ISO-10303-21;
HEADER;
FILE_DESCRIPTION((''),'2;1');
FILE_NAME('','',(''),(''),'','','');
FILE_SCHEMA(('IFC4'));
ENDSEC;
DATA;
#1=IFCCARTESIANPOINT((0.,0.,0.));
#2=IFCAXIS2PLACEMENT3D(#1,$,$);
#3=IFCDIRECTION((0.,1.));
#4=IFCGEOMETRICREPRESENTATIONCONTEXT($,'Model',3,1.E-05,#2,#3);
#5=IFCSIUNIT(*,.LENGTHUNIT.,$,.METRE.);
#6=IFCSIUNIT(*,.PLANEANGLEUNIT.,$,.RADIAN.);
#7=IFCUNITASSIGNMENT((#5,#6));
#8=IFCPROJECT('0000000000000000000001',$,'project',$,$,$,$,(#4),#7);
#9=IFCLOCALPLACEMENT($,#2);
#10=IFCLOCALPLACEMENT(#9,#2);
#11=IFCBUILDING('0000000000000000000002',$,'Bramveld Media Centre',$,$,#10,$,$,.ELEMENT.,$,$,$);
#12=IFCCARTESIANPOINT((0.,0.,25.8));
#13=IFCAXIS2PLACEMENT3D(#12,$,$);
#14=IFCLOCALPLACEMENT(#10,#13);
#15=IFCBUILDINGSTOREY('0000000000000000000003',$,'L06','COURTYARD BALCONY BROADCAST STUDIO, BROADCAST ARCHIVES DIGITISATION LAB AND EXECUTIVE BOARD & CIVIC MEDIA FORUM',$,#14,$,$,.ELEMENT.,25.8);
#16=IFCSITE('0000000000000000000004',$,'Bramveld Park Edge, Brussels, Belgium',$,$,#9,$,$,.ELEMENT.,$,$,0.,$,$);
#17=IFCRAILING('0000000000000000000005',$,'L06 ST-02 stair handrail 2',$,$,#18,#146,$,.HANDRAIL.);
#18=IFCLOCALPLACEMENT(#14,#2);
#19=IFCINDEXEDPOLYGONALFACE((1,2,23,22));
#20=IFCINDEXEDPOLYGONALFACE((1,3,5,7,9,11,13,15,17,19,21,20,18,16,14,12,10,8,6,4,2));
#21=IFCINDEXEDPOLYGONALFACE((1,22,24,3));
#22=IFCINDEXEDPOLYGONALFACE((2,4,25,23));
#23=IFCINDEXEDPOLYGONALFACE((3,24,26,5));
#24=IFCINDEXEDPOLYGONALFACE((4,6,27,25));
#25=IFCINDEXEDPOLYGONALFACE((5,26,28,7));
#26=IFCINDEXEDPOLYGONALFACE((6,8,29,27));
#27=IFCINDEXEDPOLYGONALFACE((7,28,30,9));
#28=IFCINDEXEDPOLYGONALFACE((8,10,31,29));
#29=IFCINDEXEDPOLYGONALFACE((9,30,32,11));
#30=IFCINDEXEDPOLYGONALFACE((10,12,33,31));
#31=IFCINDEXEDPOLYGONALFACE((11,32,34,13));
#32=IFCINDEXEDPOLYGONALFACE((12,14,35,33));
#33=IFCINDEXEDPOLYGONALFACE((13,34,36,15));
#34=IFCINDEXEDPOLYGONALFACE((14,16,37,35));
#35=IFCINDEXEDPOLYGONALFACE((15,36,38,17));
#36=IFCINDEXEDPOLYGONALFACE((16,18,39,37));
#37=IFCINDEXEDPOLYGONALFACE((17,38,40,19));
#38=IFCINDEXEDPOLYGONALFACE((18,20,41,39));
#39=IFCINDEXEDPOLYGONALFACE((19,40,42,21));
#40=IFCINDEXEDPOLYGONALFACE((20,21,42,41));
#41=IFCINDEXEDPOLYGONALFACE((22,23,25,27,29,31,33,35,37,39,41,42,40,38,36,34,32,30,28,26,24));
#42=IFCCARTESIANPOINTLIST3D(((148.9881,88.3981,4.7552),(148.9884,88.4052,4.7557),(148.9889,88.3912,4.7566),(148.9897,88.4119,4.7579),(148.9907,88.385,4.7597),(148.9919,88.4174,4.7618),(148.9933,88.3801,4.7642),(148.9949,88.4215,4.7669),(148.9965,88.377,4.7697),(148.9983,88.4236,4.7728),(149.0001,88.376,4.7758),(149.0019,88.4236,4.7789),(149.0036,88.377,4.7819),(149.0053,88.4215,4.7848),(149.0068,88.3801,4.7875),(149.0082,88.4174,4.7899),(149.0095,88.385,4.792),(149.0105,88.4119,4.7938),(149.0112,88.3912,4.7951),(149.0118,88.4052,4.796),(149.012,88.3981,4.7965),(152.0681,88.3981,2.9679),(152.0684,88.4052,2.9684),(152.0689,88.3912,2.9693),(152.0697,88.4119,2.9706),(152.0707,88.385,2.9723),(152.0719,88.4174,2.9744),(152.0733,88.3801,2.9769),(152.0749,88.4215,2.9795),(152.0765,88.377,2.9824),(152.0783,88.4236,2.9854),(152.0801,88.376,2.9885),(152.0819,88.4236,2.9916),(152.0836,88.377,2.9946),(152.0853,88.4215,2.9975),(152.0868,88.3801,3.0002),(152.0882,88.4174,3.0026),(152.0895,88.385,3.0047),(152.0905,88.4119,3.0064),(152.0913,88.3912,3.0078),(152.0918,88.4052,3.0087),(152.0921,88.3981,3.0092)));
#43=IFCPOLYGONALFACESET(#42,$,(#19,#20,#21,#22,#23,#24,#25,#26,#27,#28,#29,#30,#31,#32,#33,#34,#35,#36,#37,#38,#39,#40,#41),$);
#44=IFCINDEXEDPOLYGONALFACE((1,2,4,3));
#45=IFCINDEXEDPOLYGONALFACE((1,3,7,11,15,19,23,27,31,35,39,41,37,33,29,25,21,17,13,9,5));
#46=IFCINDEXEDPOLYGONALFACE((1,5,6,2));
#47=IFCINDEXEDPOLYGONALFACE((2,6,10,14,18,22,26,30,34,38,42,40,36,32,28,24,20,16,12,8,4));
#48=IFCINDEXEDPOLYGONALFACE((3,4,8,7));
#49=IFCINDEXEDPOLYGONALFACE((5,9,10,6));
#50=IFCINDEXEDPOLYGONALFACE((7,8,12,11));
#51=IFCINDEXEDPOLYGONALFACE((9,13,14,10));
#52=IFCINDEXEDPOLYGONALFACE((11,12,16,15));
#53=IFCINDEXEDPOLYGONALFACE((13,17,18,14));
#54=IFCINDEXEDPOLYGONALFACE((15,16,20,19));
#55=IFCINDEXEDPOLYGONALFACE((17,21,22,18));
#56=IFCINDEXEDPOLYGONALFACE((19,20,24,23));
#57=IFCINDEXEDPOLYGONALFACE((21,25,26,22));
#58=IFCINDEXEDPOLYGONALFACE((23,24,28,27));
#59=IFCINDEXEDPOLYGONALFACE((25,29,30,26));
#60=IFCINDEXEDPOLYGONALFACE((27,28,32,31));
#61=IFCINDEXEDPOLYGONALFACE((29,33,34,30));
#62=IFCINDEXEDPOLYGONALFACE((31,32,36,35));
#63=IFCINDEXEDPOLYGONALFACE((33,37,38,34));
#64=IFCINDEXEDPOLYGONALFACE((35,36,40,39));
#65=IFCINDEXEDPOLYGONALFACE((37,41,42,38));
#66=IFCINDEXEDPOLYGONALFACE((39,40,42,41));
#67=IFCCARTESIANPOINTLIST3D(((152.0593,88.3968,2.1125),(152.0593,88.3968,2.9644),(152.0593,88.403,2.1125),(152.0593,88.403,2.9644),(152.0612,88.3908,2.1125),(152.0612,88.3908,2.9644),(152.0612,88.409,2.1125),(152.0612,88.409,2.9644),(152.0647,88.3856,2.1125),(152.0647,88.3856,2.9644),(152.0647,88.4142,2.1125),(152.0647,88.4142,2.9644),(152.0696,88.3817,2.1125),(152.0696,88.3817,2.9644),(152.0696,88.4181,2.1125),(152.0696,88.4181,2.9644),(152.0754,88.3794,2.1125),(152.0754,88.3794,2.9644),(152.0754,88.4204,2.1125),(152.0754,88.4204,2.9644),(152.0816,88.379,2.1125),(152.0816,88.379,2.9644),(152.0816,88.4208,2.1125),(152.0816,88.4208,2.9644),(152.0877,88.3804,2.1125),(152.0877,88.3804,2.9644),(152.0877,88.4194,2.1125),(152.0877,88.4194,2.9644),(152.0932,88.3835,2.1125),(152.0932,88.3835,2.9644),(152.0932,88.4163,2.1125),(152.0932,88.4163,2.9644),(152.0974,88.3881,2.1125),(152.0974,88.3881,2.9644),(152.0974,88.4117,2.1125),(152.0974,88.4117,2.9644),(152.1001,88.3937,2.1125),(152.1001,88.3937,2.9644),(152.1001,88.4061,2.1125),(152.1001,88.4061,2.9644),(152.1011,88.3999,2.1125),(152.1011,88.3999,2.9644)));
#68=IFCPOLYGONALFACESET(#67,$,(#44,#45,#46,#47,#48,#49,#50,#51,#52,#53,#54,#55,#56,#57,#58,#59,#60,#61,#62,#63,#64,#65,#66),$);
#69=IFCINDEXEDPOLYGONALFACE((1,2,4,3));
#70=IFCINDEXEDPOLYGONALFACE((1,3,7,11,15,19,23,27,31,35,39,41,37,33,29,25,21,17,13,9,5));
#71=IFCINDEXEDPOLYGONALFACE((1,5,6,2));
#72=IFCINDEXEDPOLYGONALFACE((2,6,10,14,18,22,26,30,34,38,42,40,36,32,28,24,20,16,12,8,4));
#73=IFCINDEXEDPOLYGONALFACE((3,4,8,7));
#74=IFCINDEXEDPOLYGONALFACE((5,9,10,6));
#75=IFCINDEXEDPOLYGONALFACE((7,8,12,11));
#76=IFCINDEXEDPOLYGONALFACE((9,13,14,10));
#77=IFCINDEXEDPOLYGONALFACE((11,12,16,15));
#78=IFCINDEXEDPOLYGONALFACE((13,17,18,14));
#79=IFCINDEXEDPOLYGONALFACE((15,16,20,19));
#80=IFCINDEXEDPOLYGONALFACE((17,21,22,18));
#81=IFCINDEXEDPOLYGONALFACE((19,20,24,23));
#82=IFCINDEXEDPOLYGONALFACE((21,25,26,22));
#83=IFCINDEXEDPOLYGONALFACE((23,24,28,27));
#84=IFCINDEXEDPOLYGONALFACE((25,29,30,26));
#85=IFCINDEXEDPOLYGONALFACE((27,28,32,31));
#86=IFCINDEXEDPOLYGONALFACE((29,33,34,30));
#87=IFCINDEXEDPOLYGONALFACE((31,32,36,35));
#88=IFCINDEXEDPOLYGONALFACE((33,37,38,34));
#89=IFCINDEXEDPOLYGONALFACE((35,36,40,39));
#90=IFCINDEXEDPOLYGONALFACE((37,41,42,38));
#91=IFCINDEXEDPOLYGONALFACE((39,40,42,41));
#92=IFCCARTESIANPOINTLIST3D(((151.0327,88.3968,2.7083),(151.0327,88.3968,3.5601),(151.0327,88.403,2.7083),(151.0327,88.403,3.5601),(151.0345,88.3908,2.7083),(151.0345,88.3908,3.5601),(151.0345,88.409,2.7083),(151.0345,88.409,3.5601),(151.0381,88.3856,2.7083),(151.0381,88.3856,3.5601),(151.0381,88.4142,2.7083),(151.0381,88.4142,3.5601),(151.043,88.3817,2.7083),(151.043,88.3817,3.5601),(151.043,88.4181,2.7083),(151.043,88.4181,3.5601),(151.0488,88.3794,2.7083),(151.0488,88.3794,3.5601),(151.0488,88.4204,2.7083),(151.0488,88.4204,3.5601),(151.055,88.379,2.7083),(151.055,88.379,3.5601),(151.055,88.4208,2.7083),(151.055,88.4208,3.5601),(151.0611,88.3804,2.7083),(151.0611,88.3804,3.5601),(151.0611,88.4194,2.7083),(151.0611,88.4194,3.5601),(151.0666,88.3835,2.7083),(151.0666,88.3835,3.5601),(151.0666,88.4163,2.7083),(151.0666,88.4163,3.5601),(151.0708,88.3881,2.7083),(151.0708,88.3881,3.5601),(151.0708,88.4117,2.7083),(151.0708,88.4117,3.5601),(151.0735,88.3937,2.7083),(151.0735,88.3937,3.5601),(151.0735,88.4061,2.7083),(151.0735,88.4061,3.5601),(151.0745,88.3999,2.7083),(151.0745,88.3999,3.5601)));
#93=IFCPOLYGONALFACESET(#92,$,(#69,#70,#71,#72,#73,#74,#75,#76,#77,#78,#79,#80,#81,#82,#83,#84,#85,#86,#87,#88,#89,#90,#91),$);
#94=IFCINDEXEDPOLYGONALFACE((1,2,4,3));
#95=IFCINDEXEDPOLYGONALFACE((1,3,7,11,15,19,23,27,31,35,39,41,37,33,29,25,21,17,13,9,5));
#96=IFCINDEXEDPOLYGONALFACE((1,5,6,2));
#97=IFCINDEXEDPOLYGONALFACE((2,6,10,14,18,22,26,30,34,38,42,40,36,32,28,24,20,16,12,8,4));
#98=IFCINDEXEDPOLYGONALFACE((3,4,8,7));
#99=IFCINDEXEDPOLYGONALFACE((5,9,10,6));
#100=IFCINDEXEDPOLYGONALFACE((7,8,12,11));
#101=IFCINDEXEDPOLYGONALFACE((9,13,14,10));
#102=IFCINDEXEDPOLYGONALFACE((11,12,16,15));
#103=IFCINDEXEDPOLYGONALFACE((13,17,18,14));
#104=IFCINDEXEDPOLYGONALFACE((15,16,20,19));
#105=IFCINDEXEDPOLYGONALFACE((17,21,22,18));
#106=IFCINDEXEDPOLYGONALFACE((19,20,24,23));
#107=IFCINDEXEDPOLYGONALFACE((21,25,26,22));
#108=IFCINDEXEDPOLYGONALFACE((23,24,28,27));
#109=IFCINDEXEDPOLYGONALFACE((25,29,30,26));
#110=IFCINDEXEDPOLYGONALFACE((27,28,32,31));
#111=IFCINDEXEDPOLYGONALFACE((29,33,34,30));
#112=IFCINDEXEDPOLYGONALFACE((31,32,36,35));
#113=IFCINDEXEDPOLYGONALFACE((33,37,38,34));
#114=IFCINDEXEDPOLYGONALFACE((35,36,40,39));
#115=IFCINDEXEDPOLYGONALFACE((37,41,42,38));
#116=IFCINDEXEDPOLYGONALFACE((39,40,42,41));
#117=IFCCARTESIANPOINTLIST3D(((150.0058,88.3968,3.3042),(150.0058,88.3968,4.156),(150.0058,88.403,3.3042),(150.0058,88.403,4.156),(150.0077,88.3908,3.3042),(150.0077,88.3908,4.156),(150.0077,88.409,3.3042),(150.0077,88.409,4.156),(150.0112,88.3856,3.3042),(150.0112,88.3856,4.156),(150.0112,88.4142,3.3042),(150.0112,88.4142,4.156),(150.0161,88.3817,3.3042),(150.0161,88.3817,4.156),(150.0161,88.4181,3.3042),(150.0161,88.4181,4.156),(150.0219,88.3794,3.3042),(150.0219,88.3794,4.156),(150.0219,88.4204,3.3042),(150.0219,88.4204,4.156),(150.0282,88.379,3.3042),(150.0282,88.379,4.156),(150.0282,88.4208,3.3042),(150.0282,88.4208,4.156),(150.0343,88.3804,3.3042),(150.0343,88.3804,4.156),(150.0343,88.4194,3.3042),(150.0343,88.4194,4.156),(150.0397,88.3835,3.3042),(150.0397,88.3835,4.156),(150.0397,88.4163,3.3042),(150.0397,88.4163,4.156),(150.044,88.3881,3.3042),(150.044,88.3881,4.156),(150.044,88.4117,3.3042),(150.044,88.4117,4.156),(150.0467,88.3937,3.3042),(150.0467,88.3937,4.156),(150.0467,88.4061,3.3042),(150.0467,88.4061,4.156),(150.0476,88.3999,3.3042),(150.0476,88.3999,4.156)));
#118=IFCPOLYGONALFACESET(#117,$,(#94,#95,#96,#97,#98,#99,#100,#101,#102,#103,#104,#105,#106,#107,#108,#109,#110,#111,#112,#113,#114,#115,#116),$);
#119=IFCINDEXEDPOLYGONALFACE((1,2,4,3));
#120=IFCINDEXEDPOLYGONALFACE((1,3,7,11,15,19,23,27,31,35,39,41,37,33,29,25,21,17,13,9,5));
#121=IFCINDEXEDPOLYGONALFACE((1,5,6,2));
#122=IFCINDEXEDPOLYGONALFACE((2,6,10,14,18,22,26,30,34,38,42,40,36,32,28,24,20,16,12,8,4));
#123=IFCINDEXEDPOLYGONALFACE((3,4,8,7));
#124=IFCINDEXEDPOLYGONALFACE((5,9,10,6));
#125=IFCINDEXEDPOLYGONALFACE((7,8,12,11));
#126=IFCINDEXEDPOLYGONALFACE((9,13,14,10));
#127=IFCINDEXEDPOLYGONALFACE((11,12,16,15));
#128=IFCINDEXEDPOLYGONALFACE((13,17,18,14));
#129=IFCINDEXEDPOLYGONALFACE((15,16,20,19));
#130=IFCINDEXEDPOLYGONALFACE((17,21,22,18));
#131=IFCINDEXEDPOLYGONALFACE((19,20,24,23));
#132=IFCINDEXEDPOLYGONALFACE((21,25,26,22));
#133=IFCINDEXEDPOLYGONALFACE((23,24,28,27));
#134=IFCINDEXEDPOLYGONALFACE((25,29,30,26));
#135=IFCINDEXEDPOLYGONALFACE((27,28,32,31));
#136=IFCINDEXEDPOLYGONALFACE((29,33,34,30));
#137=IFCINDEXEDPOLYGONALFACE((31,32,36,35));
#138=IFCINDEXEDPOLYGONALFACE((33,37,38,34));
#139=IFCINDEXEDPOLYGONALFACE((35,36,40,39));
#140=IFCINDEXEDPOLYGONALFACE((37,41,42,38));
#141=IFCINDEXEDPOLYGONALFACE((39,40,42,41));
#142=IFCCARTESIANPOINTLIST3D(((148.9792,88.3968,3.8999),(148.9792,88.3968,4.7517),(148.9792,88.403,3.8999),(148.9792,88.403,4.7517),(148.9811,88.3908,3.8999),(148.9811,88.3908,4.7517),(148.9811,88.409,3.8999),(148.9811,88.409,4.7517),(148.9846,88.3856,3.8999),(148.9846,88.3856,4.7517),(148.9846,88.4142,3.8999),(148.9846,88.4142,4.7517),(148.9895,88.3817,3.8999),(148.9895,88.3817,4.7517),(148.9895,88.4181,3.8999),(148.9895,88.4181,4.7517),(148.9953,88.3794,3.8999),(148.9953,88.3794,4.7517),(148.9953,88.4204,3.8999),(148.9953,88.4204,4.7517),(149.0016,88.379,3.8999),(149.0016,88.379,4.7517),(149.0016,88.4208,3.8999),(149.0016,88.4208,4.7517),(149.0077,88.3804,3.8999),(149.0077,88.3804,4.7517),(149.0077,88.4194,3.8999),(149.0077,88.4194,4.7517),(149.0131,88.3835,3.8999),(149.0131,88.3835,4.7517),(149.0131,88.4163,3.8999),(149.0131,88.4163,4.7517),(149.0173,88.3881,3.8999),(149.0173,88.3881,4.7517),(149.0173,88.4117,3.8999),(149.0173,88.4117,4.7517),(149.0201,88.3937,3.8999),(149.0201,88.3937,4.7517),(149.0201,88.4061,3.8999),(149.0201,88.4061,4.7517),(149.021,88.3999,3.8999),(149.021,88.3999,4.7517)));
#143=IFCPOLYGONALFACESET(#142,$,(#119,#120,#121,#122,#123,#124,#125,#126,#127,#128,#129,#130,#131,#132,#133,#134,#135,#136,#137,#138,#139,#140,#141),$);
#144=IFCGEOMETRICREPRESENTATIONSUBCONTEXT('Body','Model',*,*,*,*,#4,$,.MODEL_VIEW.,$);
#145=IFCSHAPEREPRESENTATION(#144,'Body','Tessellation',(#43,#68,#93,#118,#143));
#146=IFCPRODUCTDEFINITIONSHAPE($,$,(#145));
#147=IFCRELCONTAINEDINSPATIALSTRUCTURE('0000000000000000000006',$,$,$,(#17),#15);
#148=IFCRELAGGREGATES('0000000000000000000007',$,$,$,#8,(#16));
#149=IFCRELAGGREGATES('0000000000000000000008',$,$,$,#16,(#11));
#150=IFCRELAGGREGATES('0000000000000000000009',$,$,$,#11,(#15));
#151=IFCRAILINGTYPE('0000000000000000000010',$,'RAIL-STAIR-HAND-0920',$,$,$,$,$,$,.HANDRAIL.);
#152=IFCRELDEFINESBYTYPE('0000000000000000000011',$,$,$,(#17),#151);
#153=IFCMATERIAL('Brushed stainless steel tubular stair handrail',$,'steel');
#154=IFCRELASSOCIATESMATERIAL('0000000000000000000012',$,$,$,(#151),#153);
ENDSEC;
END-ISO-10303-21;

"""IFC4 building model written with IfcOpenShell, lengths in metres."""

from ifc_helpers import new_model, si_unit, direction, frame, origin, origin_2d, place, context, subcontext, project, spatial, circle, extrude, material, type_object, element, save


model = new_model("IFC4")

# Units and contexts
model_context = context("Model", 3, precision=1e-05, world=origin(), true_north=direction((0.0, 1.0)))
body_context = subcontext(model_context, "Body", "Model", "MODEL_VIEW")
ifc_project = project(units=[si_unit("LENGTHUNIT", "METRE"), si_unit("PLANEANGLEUNIT", "RADIAN")], contexts=[model_context])

# Site, building, storey
site_placement = place(None, origin())
site = spatial("IfcSite", under=ifc_project, at=site_placement, Name="Bramveld Park Edge, Brussels, Belgium", CompositionType="ELEMENT", RefElevation=0.0)
building_placement = place(site_placement, origin())
building = spatial("IfcBuilding", under=site, at=building_placement, Name="Bramveld Media Centre", CompositionType="ELEMENT")
storey_placement = place(building_placement, frame((0.0, 0.0, 25.8)))
storey = spatial("IfcBuildingStorey", under=building, at=storey_placement, Name="L06", Description="COURTYARD BALCONY BROADCAST STUDIO, BROADCAST ARCHIVES DIGITISATION LAB AND EXECUTIVE BOARD & CIVIC MEDIA FORUM", CompositionType="ELEMENT", Elevation=25.8)

# Railing
ifc_material_1 = material(Name="Brushed stainless steel tubular stair handrail", Category="steel")
railing_type = type_object("IfcRailingType", Name="RAIL-STAIR-HAND-0920", PredefinedType="HANDRAIL", material=ifc_material_1)
railing_placement = place(storey_placement, frame((152.0801, 88.3999, 2.1125)))
element("IfcRailing", 1, at=railing_placement, inside=storey, type_object=railing_type, Name="L06 ST-02 stair handrail 2", PredefinedType="HANDRAIL", context=body_context, shape_type="SweptSolid", body=[
    extrude(circle(Radius=0.0239, at=origin_2d()), frame((0.0, 0.0, 0.876), z_axis=(-0.86492, 0.0, 0.501909), x_axis=(0.0, -1.0, 0.0)), (0.0, 0.0, 1.0), 3.561),
    extrude(circle(Radius=0.021, at=origin_2d()), origin(), (0.0, 0.0, 1.0), 0.8518),
    extrude(circle(Radius=0.021, at=origin_2d()), frame((-1.0266, 0.0, 0.5957)), (0.0, 0.0, 1.0), 0.8518),
    extrude(circle(Radius=0.021, at=origin_2d()), frame((-2.0535, 0.0, 1.1917)), (0.0, 0.0, 1.0), 0.8518),
    extrude(circle(Radius=0.021, at=origin_2d()), frame((-3.0801, 0.0, 1.7874)), (0.0, 0.0, 1.0), 0.8518),
])

save(model, "model.ifc")
